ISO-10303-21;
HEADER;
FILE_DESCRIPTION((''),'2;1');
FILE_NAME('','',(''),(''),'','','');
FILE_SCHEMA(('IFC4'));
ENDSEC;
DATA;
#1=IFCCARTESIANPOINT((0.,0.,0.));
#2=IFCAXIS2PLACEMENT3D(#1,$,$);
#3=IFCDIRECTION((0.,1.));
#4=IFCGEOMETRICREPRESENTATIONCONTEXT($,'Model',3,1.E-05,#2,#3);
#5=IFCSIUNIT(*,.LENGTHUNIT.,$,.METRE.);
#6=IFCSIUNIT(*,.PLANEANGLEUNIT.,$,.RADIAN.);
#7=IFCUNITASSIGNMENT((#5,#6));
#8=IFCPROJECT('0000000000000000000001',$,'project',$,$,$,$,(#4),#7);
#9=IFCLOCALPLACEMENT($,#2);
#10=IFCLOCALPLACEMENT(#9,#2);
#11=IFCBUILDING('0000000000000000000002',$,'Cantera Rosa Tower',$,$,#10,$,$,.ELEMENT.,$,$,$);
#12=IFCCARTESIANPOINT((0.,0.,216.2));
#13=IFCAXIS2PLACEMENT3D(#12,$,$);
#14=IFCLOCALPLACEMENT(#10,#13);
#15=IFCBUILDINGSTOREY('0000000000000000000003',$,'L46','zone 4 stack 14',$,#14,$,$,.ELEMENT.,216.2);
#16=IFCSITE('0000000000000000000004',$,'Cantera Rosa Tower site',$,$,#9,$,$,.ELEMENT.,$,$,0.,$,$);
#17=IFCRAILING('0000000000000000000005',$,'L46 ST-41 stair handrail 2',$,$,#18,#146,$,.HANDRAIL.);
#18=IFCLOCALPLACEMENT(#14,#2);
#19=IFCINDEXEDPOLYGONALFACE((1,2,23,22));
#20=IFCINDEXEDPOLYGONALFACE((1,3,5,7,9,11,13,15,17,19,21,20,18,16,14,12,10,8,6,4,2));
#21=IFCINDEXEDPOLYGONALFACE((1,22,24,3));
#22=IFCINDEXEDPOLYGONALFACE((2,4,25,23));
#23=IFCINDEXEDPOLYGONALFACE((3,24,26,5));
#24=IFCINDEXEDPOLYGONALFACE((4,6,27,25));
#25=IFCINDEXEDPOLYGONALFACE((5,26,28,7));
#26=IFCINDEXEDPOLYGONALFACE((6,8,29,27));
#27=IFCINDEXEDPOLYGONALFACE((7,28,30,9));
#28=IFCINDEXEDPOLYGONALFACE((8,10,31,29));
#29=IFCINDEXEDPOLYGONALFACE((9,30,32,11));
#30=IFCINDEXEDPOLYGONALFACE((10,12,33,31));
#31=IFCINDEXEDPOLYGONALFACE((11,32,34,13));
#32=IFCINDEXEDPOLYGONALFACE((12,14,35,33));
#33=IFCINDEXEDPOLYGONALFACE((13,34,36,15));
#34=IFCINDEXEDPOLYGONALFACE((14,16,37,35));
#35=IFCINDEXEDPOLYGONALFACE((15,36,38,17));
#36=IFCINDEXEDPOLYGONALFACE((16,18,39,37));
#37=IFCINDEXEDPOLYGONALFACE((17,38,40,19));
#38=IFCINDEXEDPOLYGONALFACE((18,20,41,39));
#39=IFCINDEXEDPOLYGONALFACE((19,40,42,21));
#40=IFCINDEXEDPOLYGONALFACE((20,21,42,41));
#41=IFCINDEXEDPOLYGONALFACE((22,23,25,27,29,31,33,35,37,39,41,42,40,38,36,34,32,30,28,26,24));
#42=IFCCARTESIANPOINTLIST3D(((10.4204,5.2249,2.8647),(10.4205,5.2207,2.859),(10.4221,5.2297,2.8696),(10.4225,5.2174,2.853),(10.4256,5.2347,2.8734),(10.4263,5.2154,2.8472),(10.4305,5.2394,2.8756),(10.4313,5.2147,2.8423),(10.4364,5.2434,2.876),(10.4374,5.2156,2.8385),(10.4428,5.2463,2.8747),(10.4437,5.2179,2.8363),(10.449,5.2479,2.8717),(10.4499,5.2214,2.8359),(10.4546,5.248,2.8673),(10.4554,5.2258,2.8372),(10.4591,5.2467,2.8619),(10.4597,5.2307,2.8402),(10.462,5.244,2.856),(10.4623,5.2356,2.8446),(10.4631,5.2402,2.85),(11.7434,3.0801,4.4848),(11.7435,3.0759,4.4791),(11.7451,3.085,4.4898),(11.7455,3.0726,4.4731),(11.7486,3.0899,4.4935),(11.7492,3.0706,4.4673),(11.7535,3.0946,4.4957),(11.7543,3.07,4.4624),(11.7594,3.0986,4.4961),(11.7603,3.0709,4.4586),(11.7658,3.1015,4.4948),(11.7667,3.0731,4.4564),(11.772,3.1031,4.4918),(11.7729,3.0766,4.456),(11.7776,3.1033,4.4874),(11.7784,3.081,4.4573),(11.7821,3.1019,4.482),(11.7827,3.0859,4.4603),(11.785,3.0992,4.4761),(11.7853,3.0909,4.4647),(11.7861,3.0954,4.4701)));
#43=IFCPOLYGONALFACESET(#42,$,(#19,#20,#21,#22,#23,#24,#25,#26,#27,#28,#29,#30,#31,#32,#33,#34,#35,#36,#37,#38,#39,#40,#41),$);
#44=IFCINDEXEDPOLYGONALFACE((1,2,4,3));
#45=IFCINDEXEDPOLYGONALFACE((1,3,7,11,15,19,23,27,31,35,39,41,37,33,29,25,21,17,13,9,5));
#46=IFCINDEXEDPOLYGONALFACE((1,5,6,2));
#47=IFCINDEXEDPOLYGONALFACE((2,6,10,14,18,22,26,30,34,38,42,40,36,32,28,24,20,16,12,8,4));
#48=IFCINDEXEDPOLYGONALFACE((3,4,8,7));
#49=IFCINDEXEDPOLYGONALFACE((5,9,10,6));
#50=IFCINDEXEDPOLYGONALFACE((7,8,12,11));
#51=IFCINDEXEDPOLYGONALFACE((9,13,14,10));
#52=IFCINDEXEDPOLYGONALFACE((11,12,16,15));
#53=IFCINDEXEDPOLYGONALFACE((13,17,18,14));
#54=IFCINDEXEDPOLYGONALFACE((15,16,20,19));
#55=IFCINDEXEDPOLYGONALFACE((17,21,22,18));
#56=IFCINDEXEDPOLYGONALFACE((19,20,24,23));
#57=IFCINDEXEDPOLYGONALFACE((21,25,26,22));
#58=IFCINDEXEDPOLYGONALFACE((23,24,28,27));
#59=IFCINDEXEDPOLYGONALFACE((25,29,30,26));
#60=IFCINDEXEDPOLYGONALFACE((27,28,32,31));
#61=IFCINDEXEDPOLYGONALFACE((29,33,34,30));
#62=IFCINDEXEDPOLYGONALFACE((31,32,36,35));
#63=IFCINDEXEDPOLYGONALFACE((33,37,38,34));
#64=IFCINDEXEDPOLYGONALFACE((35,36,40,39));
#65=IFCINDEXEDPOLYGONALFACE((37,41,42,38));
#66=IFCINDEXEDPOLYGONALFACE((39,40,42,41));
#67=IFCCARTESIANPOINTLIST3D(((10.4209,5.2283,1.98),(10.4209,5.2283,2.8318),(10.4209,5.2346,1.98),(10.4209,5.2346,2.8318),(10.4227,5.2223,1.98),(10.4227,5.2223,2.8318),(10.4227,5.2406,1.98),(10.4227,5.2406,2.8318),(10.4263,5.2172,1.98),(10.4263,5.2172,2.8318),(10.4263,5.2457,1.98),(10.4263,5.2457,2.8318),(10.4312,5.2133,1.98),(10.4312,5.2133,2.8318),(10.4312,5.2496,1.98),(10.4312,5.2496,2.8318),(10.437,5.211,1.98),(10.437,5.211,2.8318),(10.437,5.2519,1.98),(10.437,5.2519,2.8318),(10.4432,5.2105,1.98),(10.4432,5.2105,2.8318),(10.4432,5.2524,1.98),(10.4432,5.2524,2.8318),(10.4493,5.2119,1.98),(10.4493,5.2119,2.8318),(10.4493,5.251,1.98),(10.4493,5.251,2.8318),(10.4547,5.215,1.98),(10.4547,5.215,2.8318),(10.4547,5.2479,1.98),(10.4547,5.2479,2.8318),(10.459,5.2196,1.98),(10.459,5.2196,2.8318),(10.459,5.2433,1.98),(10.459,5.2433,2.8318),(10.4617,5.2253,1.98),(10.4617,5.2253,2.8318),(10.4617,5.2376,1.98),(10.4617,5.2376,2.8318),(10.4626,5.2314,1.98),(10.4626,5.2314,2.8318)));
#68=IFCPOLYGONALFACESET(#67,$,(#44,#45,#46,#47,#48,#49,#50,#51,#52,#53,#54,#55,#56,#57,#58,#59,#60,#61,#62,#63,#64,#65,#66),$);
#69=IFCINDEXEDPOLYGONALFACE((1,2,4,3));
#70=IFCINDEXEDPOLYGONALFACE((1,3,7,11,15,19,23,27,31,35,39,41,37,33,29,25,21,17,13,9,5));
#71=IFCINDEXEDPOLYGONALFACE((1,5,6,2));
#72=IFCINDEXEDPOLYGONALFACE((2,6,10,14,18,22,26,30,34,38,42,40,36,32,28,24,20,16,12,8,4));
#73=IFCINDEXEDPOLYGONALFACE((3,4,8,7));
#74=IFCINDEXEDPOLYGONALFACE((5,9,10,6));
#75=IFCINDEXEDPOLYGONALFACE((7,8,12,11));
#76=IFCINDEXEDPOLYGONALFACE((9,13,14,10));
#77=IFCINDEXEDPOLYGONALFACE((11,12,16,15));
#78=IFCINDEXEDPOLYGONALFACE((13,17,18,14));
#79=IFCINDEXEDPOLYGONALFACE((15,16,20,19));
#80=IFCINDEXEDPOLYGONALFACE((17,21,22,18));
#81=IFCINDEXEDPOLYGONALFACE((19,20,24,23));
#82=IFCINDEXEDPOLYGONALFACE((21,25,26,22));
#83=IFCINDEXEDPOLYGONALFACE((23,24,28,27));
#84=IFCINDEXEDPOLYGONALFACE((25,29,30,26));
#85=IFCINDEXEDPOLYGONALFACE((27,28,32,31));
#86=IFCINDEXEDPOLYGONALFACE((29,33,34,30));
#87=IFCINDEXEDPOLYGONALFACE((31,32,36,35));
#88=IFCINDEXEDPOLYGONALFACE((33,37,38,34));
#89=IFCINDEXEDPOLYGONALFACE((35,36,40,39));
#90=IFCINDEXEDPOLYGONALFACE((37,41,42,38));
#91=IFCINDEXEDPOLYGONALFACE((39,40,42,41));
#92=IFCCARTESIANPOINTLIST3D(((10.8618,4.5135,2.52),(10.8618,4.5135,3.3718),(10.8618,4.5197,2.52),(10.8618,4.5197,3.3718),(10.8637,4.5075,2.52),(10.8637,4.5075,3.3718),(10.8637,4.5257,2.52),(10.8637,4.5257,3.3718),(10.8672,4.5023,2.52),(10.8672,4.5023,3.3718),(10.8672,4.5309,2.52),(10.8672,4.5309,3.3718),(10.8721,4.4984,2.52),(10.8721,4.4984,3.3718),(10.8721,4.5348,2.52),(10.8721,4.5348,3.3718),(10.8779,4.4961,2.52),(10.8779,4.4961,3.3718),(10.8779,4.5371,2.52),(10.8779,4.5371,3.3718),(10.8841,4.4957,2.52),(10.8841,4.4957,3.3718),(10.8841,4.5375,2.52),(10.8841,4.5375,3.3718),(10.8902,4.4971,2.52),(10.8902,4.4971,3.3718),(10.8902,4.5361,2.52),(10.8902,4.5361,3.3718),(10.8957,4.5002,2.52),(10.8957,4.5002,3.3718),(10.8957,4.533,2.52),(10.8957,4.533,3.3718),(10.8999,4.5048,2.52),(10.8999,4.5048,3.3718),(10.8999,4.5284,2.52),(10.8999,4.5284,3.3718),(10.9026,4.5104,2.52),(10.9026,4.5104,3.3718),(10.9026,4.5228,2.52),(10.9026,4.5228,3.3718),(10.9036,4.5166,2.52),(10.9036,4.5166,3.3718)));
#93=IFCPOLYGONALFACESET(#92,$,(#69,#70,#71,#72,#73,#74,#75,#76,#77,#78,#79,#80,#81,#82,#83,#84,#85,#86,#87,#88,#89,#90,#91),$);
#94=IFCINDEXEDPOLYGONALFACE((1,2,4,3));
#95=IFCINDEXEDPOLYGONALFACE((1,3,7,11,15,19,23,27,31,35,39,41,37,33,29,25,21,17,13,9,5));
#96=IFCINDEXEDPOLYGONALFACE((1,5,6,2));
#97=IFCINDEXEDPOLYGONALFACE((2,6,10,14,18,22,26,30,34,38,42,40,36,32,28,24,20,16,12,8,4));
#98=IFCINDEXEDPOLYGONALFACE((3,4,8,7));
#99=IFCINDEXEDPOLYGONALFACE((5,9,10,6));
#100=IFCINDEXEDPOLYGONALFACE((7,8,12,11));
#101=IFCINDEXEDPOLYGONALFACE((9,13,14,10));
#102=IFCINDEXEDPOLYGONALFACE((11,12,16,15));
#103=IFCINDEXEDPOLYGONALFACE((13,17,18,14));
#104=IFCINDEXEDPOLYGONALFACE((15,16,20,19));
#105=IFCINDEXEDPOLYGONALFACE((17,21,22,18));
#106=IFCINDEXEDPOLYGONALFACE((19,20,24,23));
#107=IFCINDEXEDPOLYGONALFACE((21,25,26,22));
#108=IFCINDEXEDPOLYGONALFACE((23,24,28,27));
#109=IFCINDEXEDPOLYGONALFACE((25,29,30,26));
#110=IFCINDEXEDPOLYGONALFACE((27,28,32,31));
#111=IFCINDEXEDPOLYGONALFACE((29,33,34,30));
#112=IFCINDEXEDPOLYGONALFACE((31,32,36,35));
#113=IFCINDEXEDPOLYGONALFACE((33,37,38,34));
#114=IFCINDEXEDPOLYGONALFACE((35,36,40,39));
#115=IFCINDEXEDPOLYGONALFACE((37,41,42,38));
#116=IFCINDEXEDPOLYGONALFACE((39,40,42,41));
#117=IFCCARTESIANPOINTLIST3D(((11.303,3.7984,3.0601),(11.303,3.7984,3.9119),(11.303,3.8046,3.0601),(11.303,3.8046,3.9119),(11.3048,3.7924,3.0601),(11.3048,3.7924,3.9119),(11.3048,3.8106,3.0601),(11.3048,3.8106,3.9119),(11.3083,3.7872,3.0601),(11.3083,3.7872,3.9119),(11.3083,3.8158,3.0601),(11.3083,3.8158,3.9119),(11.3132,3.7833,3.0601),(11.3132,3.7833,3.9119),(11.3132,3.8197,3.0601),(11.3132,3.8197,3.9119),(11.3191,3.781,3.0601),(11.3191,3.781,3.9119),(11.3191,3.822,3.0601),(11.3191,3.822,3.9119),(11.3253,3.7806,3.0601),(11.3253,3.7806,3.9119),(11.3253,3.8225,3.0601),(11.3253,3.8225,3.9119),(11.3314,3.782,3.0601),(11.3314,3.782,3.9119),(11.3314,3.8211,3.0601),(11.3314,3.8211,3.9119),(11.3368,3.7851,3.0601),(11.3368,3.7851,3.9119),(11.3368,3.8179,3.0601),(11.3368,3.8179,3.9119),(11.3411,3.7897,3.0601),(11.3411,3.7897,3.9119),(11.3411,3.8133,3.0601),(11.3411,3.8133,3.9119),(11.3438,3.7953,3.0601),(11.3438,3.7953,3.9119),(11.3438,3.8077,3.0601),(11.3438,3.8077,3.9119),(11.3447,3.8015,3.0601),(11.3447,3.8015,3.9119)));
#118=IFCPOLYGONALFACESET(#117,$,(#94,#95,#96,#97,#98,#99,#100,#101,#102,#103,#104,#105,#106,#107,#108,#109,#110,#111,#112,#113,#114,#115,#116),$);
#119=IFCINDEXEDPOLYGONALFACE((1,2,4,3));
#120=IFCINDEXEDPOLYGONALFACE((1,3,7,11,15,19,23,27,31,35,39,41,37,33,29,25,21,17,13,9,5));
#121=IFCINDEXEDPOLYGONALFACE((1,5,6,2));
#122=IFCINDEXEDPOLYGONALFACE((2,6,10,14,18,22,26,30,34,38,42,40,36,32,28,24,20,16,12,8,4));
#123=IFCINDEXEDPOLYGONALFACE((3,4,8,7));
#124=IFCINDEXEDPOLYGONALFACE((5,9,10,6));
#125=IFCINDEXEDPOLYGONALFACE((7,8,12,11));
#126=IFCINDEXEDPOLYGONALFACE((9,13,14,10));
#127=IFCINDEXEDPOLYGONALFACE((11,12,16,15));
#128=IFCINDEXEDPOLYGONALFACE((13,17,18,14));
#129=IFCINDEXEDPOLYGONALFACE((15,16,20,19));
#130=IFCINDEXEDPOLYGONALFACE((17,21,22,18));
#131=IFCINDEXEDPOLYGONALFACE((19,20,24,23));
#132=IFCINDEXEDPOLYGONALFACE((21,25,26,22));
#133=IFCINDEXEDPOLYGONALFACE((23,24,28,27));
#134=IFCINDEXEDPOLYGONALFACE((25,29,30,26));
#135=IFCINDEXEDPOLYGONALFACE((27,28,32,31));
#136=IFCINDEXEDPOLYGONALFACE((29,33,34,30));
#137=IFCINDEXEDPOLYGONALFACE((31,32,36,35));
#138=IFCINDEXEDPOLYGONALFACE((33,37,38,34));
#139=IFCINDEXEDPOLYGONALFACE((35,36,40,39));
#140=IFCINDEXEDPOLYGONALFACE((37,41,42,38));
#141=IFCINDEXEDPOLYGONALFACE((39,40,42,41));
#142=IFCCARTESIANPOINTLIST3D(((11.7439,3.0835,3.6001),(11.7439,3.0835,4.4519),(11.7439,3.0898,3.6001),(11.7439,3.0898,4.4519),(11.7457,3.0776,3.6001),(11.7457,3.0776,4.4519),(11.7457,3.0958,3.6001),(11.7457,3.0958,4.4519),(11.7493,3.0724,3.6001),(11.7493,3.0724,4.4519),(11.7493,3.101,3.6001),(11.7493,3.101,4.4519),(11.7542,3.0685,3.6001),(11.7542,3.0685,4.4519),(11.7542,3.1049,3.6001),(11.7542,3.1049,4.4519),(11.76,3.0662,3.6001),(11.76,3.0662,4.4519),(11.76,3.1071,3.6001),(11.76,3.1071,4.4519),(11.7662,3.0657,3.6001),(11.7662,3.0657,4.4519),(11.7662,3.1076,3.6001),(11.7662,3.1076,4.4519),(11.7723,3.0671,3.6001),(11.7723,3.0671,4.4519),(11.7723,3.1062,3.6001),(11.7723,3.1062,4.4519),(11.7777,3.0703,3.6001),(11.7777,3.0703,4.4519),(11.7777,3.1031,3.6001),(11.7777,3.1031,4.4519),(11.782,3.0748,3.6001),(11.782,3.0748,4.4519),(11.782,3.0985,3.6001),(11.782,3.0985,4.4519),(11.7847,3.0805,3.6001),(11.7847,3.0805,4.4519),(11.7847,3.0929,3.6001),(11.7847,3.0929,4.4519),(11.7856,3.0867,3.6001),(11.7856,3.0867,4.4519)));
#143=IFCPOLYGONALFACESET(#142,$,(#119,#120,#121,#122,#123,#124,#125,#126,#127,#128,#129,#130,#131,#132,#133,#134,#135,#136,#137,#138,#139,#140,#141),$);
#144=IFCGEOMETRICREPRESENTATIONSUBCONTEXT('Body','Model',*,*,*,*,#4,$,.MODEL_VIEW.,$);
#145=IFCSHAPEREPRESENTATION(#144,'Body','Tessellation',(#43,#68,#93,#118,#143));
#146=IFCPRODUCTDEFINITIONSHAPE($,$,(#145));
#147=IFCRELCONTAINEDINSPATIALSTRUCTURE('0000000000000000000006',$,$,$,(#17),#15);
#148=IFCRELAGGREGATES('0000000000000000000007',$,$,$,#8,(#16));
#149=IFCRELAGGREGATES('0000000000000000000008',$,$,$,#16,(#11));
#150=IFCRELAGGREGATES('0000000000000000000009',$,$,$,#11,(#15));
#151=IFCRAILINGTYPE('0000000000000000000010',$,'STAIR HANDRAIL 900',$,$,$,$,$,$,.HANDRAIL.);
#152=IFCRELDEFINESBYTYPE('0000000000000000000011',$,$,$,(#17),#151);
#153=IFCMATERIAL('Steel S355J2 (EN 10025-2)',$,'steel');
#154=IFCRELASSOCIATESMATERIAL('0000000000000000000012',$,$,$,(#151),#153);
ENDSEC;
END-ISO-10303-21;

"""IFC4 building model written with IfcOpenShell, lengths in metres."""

from ifc_helpers import new_model, si_unit, direction, frame, origin, origin_2d, place, context, subcontext, project, spatial, circle, extrude, material, type_object, element, save


model = new_model("IFC4")

# Units and contexts
model_context = context("Model", 3, precision=1e-05, world=origin(), true_north=direction((0.0, 1.0)))
body_context = subcontext(model_context, "Body", "Model", "MODEL_VIEW")
ifc_project = project(units=[si_unit("LENGTHUNIT", "METRE"), si_unit("PLANEANGLEUNIT", "RADIAN")], contexts=[model_context])

# Site, building, storey
site_placement = place(None, origin())
site = spatial("IfcSite", under=ifc_project, at=site_placement, Name="Cantera Rosa Tower site", CompositionType="ELEMENT", RefElevation=0.0)
building_placement = place(site_placement, origin())
building = spatial("IfcBuilding", under=site, at=building_placement, Name="Cantera Rosa Tower", CompositionType="ELEMENT")
storey_placement = place(building_placement, frame((0.0, 0.0, 216.2)))
storey = spatial("IfcBuildingStorey", under=building, at=storey_placement, Name="L46", Description="zone 4 stack 14", CompositionType="ELEMENT", Elevation=216.2)

# Railing
ifc_material_1 = material(Name="Steel S355J2 (EN 10025-2)", Category="steel")
railing_type_1 = type_object("IfcRailingType", Name="STAIR HANDRAIL 900", PredefinedType="HANDRAIL", material=ifc_material_1)
railing_1_placement = place(storey_placement, frame((10.4417, 5.2314, 1.98)))
element("IfcRailing", 1, at=railing_1_placement, inside=storey, type_object=railing_type_1, Name="L46 ST-41 stair handrail 2", PredefinedType="HANDRAIL", context=body_context, shape_type="SweptSolid", body=[
    extrude(circle(Radius=0.0239, at=origin_2d()), frame((0.0, 0.0, 0.876), z_axis=(0.441609, -0.715914, 0.540786), x_axis=(0.851102, 0.525, 0.0)), (0.0, 0.0, 1.0), 2.9958),
    extrude(circle(Radius=0.021, at=origin_2d()), origin(), (0.0, 0.0, 1.0), 0.8518),
    extrude(circle(Radius=0.021, at=origin_2d()), frame((0.4409, -0.7148, 0.54)), (0.0, 0.0, 1.0), 0.8518),
    extrude(circle(Radius=0.021, at=origin_2d()), frame((0.8821, -1.4299, 1.0801)), (0.0, 0.0, 1.0), 0.8518),
    extrude(circle(Radius=0.021, at=origin_2d()), frame((1.323, -2.1448, 1.6201)), (0.0, 0.0, 1.0), 0.8518),
])

save(model, "model.ifc")
